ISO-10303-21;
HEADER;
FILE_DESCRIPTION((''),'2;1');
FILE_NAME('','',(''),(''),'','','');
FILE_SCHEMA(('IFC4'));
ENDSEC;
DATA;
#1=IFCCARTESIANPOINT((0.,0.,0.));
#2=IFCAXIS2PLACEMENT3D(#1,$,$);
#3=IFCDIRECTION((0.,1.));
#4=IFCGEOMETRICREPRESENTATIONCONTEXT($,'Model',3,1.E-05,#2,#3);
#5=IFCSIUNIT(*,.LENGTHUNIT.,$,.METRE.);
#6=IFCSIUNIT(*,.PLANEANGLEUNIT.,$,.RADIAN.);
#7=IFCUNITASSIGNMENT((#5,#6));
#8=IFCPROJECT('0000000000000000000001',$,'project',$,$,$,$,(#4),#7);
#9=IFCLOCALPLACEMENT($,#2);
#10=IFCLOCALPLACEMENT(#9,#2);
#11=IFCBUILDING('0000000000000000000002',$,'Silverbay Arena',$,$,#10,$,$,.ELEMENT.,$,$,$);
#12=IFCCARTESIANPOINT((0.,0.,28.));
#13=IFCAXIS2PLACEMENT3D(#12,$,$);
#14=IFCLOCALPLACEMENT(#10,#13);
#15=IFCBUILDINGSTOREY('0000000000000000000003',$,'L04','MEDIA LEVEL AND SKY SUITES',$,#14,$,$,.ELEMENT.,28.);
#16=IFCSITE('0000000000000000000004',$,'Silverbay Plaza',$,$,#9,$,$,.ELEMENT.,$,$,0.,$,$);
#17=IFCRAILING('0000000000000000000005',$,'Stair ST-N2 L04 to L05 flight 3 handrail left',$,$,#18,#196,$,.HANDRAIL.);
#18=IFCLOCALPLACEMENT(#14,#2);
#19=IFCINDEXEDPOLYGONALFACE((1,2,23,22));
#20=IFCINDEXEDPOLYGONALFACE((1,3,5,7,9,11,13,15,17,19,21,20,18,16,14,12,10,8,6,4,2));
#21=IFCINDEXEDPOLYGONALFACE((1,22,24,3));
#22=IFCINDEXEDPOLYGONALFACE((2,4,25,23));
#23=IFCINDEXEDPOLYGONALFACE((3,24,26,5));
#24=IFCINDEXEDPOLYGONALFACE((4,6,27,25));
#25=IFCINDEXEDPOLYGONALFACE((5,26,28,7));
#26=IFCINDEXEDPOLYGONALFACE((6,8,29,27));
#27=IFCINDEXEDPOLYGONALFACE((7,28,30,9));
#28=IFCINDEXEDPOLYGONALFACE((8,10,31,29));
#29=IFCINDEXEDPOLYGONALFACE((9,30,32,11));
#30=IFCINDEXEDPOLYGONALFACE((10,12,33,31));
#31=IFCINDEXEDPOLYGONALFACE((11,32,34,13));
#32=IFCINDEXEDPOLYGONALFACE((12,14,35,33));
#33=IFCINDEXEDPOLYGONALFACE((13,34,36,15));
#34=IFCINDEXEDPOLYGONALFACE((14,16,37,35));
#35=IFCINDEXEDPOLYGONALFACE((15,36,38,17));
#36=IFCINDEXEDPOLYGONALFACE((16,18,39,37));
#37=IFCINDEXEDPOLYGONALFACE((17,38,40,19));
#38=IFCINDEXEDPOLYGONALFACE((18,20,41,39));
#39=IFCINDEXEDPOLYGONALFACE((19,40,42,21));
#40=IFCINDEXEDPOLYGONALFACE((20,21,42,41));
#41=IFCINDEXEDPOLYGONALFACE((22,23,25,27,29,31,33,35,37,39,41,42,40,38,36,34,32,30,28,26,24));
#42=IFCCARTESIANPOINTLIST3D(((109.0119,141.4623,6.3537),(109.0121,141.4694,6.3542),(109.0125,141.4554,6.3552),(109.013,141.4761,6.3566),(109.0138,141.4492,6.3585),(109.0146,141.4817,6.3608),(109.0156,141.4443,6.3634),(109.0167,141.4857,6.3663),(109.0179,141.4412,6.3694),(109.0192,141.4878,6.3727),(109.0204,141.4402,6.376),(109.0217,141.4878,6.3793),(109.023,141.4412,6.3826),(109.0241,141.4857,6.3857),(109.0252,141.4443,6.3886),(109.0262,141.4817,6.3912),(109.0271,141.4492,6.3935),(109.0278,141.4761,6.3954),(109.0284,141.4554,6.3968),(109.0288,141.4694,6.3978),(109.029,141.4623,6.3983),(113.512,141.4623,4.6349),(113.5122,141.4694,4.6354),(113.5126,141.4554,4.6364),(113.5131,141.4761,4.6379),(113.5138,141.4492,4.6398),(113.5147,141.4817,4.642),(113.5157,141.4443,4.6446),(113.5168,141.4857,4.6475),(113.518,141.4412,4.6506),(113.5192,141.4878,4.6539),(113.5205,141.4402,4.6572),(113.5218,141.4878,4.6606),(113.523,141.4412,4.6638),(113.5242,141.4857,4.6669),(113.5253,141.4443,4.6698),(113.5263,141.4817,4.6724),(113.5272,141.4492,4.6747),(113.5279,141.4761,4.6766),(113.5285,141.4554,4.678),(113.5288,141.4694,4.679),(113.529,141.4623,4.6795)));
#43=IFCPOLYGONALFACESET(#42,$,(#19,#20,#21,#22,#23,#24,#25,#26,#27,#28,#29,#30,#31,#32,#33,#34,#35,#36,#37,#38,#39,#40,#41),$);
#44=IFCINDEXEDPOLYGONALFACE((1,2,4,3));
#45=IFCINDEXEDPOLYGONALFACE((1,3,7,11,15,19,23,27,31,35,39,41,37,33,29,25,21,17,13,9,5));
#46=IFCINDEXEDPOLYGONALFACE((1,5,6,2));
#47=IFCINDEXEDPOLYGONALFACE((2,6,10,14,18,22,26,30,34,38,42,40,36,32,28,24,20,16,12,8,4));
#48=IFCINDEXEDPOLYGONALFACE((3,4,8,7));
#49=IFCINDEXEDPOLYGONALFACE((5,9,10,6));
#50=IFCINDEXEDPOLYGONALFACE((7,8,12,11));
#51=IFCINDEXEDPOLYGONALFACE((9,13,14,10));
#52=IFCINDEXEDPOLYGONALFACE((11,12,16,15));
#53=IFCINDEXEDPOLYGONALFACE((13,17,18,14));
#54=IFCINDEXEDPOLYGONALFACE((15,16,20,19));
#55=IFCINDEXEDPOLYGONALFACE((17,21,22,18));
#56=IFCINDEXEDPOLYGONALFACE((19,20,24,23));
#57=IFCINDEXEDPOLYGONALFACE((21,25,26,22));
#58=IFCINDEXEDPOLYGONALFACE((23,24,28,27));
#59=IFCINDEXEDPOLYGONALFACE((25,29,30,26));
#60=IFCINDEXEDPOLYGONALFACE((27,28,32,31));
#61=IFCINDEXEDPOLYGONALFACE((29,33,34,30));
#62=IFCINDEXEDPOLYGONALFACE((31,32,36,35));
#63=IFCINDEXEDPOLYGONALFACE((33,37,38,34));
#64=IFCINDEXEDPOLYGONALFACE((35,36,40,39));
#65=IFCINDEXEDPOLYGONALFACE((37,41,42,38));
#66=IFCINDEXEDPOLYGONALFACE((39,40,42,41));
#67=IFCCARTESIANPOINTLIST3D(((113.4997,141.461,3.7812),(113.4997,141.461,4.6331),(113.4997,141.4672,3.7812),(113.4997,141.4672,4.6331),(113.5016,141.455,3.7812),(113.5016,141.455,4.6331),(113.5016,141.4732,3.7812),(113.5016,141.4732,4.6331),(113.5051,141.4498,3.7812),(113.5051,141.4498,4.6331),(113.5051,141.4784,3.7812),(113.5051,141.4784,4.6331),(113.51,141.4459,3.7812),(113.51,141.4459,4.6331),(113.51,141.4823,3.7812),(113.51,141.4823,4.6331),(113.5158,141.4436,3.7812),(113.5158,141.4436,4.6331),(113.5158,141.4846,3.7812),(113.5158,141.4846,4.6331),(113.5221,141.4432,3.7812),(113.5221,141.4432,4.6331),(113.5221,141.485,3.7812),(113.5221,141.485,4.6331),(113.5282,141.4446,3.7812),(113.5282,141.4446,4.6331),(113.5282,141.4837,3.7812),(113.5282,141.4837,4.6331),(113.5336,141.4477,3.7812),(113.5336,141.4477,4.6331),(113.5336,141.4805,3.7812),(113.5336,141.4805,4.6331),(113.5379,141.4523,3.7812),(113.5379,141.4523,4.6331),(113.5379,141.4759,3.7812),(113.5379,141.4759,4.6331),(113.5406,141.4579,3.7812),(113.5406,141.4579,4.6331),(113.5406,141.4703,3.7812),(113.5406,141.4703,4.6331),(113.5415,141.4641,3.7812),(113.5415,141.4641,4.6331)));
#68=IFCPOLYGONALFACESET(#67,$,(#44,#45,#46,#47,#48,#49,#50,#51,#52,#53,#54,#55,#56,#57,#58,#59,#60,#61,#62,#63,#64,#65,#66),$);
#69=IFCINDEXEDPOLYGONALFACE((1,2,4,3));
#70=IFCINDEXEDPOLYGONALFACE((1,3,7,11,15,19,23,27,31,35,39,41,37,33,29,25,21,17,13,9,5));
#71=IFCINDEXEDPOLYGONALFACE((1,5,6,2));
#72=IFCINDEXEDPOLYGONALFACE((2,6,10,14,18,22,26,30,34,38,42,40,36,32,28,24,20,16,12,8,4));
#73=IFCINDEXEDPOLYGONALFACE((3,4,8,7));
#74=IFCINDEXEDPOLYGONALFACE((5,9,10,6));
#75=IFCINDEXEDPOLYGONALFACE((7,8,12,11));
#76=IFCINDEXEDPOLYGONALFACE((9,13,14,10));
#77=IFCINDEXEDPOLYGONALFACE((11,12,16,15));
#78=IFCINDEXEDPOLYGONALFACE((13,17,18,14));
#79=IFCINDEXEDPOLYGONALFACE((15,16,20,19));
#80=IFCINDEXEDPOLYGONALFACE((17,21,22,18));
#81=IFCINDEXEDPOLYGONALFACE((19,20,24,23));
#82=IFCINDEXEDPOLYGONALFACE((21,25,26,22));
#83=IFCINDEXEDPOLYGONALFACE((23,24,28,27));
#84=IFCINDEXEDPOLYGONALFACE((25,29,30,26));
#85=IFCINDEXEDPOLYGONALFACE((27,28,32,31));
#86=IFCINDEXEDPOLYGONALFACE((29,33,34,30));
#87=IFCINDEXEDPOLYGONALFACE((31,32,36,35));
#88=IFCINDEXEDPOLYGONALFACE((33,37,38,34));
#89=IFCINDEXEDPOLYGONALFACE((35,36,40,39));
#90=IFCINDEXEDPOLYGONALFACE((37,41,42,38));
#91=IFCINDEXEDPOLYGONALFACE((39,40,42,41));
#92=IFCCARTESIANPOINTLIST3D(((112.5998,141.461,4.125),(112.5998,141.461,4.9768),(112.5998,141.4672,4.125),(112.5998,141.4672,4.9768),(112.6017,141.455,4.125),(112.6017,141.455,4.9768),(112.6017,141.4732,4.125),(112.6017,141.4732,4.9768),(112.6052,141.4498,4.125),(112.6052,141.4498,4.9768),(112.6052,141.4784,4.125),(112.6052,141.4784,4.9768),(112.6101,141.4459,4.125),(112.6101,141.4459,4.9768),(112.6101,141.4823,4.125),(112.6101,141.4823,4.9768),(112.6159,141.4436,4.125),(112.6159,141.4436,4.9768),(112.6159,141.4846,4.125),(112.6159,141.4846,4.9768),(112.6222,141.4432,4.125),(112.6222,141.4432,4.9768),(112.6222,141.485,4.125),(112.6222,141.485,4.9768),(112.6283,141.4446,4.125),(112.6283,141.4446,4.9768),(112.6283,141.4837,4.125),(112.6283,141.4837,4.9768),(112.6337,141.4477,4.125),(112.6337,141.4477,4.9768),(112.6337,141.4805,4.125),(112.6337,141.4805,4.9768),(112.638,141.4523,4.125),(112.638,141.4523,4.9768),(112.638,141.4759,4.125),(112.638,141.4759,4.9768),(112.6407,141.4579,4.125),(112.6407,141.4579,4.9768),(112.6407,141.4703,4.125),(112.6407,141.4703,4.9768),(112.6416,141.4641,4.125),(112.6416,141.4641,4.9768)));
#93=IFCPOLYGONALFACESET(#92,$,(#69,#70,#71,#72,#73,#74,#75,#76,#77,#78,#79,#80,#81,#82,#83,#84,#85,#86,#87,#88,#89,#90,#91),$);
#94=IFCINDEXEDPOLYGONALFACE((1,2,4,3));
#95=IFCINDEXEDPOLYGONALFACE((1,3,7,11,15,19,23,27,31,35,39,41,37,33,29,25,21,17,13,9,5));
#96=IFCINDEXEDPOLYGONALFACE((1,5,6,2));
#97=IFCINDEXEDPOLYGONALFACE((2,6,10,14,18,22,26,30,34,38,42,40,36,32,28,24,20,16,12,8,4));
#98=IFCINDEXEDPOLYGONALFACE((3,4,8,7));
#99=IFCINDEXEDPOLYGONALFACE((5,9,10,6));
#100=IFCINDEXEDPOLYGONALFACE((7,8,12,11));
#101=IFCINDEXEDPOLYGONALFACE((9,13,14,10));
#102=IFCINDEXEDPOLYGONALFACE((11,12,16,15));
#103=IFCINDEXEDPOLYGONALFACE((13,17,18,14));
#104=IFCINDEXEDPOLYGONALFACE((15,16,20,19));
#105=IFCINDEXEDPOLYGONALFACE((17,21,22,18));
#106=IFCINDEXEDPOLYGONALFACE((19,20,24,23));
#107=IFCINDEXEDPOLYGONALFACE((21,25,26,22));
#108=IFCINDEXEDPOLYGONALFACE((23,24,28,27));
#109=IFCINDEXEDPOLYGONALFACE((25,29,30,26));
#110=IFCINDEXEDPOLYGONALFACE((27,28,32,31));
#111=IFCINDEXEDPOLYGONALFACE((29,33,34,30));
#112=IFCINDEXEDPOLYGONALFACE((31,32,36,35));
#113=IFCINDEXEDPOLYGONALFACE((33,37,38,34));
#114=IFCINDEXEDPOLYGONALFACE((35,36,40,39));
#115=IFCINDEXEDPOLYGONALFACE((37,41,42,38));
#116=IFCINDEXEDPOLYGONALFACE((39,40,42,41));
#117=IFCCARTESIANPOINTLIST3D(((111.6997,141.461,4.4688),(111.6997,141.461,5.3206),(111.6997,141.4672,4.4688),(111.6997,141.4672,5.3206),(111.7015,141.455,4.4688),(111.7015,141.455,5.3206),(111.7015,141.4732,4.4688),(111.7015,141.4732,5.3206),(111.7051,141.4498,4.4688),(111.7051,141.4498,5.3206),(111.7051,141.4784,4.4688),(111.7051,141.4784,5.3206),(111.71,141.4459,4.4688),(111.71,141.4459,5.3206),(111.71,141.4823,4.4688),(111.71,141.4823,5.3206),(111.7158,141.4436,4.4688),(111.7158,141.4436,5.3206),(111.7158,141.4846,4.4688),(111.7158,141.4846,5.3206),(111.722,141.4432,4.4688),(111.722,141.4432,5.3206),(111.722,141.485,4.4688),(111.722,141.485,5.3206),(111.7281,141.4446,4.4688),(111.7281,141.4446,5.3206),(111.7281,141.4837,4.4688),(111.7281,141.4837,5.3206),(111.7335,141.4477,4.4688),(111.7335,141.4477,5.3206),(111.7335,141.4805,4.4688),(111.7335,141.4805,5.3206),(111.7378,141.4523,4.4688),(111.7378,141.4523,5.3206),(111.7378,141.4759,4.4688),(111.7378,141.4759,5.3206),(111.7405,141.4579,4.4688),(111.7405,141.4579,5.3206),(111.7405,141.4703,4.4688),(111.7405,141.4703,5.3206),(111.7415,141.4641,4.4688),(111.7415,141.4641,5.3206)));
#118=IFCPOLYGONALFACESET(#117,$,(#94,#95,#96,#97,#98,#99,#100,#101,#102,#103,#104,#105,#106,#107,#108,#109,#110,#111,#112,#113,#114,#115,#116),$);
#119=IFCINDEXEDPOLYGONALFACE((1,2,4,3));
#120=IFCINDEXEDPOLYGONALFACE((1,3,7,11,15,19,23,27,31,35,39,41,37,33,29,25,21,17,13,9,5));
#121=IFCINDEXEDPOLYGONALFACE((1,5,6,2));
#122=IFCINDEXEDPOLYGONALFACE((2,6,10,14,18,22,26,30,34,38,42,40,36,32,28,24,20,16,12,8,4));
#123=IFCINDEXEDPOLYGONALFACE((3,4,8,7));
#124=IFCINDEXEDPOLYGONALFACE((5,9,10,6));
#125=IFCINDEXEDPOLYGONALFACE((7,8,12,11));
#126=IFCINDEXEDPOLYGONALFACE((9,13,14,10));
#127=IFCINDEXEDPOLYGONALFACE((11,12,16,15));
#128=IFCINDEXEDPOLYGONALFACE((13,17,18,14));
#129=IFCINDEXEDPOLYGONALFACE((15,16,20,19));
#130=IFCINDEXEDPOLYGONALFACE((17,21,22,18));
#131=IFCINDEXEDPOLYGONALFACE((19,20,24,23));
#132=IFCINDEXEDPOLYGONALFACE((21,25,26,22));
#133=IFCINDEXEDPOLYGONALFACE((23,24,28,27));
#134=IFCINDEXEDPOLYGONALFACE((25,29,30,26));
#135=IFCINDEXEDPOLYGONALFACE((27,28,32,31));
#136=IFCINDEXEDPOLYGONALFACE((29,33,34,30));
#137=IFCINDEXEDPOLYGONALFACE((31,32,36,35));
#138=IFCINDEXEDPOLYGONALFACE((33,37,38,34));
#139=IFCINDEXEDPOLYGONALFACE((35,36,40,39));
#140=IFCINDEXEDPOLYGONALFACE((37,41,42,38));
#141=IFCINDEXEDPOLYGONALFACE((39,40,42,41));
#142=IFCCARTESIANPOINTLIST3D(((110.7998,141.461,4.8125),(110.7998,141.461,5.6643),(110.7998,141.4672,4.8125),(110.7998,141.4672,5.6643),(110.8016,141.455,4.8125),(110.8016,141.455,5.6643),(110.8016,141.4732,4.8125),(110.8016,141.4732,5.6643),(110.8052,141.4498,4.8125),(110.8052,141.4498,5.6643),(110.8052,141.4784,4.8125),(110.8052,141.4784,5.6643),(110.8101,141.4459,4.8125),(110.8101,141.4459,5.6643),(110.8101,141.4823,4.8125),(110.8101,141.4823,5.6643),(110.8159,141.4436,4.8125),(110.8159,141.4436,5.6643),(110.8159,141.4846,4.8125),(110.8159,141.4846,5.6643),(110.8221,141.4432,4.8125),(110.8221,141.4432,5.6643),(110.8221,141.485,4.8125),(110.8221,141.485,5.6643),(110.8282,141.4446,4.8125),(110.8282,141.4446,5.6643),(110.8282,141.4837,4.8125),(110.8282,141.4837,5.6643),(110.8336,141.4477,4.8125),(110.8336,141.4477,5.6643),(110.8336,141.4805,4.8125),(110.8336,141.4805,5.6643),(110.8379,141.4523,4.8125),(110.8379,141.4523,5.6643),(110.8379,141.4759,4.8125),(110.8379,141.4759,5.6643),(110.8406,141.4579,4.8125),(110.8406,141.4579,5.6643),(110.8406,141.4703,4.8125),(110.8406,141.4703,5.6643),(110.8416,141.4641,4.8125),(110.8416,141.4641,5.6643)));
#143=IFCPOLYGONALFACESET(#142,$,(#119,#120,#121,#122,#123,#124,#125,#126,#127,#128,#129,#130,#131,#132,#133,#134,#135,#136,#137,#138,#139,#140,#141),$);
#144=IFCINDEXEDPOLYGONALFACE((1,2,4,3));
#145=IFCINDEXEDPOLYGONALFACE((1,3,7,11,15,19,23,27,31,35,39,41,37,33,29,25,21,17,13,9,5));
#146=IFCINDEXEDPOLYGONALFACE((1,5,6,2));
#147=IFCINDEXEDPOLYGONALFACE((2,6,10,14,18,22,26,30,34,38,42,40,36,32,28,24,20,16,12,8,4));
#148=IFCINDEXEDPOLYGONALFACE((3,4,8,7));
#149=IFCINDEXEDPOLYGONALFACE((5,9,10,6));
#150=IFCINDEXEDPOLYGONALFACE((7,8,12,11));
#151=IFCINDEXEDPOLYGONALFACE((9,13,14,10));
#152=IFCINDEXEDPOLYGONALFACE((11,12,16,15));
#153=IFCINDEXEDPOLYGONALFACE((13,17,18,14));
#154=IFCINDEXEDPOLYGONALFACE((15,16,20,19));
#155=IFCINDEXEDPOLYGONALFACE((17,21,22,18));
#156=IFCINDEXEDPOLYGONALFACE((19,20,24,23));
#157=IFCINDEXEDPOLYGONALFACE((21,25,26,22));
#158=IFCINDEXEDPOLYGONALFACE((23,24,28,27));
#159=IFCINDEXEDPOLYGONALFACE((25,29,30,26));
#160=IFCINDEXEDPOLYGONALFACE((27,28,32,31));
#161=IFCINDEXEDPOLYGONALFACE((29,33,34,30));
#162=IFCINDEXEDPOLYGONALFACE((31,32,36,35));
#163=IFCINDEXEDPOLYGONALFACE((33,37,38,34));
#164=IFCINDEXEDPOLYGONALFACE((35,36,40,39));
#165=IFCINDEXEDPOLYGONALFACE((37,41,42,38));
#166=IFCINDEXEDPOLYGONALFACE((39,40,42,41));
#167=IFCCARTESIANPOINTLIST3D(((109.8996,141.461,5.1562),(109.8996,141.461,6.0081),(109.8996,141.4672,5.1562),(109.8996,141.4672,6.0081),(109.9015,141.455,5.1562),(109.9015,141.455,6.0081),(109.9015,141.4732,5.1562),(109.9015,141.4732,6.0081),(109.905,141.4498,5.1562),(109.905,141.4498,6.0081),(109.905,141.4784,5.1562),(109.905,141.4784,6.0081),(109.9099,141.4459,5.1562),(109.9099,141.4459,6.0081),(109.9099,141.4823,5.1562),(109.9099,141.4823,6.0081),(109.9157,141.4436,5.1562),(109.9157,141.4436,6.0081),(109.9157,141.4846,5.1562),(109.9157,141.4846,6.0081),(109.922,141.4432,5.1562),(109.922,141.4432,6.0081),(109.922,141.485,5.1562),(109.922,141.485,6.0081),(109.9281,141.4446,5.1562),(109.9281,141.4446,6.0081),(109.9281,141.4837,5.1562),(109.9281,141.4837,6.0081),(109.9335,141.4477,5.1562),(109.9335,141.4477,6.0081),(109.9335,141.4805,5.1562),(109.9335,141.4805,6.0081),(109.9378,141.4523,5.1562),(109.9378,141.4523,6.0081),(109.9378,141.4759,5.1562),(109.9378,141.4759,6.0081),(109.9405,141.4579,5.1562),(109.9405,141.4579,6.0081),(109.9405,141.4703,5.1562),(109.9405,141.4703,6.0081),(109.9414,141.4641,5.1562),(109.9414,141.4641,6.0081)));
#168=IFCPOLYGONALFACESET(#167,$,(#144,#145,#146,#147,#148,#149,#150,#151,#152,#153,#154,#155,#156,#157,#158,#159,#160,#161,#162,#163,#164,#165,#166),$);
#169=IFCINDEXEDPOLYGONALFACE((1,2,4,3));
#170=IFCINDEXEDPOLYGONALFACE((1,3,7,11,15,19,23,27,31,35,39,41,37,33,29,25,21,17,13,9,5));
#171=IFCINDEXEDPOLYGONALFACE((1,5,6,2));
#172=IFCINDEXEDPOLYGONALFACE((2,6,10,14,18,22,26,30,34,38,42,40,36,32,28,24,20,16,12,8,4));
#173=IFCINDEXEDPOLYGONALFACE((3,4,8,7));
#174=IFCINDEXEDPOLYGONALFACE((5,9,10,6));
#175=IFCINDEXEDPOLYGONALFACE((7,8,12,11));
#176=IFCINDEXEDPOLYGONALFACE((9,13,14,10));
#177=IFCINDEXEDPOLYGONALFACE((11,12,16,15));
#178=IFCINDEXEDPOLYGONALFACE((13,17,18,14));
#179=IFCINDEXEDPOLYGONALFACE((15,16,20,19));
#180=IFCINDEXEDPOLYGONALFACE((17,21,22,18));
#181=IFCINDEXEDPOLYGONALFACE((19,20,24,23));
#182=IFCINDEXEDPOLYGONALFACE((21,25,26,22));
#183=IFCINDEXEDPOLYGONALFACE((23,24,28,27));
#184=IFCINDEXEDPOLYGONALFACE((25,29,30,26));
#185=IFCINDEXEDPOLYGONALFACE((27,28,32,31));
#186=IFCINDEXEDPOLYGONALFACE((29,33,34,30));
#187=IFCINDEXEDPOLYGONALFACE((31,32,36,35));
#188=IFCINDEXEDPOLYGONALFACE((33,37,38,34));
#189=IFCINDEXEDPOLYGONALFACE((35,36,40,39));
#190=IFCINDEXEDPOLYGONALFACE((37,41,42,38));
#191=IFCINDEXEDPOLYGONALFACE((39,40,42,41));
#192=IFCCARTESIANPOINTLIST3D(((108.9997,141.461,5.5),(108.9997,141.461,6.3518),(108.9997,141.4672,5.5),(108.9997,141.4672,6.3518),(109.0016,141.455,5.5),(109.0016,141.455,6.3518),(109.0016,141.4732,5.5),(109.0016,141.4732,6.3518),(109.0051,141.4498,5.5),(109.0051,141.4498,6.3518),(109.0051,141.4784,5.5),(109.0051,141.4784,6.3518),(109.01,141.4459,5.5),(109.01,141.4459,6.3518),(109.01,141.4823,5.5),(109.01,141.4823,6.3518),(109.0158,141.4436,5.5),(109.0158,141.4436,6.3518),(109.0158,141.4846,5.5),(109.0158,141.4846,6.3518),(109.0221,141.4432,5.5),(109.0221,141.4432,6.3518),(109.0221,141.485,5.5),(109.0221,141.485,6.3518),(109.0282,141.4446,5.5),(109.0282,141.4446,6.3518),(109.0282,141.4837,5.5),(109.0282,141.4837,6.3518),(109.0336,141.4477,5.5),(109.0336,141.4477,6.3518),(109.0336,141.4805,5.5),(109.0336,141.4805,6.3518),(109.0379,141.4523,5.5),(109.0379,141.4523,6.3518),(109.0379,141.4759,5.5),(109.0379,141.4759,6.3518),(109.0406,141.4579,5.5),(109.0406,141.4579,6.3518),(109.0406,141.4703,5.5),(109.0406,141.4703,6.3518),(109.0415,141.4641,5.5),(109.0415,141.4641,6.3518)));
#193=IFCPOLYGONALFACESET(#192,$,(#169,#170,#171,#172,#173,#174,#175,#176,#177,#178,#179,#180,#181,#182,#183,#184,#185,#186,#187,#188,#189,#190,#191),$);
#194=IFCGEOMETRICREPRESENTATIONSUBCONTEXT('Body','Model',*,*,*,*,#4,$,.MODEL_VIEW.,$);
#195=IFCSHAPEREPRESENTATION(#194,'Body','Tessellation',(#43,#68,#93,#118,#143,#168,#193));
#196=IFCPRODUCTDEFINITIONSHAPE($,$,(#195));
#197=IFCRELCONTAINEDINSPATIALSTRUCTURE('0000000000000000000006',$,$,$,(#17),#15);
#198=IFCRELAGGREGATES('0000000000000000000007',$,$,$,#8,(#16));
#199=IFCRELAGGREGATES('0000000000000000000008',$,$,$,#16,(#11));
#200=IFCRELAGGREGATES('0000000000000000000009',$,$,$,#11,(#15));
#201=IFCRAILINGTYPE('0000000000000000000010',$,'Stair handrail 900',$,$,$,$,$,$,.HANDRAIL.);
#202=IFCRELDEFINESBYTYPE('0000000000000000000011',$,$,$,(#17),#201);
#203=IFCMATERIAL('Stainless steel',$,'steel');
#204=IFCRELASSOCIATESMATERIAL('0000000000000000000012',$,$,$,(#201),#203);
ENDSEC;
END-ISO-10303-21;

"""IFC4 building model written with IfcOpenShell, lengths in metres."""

from ifc_helpers import new_model, si_unit, direction, frame, origin, origin_2d, place, context, subcontext, project, spatial, circle, extrude, material, type_object, element, save


model = new_model("IFC4")

# Units and contexts
model_context = context("Model", 3, precision=1e-05, world=origin(), true_north=direction((0.0, 1.0)))
body_context = subcontext(model_context, "Body", "Model", "MODEL_VIEW")
ifc_project = project(units=[si_unit("LENGTHUNIT", "METRE"), si_unit("PLANEANGLEUNIT", "RADIAN")], contexts=[model_context])

# Site, building, storey
site_placement = place(None, origin())
site = spatial("IfcSite", under=ifc_project, at=site_placement, Name="Silverbay Plaza", CompositionType="ELEMENT", RefElevation=0.0)
building_placement = place(site_placement, origin())
building = spatial("IfcBuilding", under=site, at=building_placement, Name="Silverbay Arena", CompositionType="ELEMENT")
storey_placement = place(building_placement, frame((0.0, 0.0, 28.0)))
storey = spatial("IfcBuildingStorey", under=building, at=storey_placement, Name="L04", Description="MEDIA LEVEL AND SKY SUITES", CompositionType="ELEMENT", Elevation=28.0)

# Railing
ifc_material_1 = material(Name="Stainless steel", Category="steel")
railing_type_1 = type_object("IfcRailingType", Name="Stair handrail 900", PredefinedType="HANDRAIL", material=ifc_material_1)
for number, where, name in (
    (1, (113.5205, 141.4641, 3.7812), "Stair ST-N2 L04 to L05 flight 3 handrail left"),
):
    element("IfcRailing", number, at=place(storey_placement, frame(where)), inside=storey, type_object=railing_type_1, Name=name, PredefinedType="HANDRAIL", context=body_context, shape_type="SweptSolid", body=[
        extrude(circle(Radius=0.0239, at=origin_2d()), frame((0.0, 0.0, 0.876), z_axis=(-0.934179, 0.0, 0.356805), x_axis=(0.0, -1.0, 0.0)), (0.0, 0.0, 1.0), 4.8171),
        extrude(circle(Radius=0.021, at=origin_2d()), origin(), (0.0, 0.0, 1.0), 0.8518),
        extrude(circle(Radius=0.021, at=origin_2d()), frame((-0.8999, 0.0, 0.3438)), (0.0, 0.0, 1.0), 0.8518),
        extrude(circle(Radius=0.021, at=origin_2d()), frame((-1.8, 0.0, 0.6875)), (0.0, 0.0, 1.0), 0.8518),
        extrude(circle(Radius=0.021, at=origin_2d()), frame((-2.7, 0.0, 1.0312)), (0.0, 0.0, 1.0), 0.8518),
        extrude(circle(Radius=0.021, at=origin_2d()), frame((-3.6001, 0.0, 1.375)), (0.0, 0.0, 1.0), 0.8518),
        extrude(circle(Radius=0.021, at=origin_2d()), frame((-4.5, 0.0, 1.7188)), (0.0, 0.0, 1.0), 0.8518),
    ])

save(model, "model.ifc")
